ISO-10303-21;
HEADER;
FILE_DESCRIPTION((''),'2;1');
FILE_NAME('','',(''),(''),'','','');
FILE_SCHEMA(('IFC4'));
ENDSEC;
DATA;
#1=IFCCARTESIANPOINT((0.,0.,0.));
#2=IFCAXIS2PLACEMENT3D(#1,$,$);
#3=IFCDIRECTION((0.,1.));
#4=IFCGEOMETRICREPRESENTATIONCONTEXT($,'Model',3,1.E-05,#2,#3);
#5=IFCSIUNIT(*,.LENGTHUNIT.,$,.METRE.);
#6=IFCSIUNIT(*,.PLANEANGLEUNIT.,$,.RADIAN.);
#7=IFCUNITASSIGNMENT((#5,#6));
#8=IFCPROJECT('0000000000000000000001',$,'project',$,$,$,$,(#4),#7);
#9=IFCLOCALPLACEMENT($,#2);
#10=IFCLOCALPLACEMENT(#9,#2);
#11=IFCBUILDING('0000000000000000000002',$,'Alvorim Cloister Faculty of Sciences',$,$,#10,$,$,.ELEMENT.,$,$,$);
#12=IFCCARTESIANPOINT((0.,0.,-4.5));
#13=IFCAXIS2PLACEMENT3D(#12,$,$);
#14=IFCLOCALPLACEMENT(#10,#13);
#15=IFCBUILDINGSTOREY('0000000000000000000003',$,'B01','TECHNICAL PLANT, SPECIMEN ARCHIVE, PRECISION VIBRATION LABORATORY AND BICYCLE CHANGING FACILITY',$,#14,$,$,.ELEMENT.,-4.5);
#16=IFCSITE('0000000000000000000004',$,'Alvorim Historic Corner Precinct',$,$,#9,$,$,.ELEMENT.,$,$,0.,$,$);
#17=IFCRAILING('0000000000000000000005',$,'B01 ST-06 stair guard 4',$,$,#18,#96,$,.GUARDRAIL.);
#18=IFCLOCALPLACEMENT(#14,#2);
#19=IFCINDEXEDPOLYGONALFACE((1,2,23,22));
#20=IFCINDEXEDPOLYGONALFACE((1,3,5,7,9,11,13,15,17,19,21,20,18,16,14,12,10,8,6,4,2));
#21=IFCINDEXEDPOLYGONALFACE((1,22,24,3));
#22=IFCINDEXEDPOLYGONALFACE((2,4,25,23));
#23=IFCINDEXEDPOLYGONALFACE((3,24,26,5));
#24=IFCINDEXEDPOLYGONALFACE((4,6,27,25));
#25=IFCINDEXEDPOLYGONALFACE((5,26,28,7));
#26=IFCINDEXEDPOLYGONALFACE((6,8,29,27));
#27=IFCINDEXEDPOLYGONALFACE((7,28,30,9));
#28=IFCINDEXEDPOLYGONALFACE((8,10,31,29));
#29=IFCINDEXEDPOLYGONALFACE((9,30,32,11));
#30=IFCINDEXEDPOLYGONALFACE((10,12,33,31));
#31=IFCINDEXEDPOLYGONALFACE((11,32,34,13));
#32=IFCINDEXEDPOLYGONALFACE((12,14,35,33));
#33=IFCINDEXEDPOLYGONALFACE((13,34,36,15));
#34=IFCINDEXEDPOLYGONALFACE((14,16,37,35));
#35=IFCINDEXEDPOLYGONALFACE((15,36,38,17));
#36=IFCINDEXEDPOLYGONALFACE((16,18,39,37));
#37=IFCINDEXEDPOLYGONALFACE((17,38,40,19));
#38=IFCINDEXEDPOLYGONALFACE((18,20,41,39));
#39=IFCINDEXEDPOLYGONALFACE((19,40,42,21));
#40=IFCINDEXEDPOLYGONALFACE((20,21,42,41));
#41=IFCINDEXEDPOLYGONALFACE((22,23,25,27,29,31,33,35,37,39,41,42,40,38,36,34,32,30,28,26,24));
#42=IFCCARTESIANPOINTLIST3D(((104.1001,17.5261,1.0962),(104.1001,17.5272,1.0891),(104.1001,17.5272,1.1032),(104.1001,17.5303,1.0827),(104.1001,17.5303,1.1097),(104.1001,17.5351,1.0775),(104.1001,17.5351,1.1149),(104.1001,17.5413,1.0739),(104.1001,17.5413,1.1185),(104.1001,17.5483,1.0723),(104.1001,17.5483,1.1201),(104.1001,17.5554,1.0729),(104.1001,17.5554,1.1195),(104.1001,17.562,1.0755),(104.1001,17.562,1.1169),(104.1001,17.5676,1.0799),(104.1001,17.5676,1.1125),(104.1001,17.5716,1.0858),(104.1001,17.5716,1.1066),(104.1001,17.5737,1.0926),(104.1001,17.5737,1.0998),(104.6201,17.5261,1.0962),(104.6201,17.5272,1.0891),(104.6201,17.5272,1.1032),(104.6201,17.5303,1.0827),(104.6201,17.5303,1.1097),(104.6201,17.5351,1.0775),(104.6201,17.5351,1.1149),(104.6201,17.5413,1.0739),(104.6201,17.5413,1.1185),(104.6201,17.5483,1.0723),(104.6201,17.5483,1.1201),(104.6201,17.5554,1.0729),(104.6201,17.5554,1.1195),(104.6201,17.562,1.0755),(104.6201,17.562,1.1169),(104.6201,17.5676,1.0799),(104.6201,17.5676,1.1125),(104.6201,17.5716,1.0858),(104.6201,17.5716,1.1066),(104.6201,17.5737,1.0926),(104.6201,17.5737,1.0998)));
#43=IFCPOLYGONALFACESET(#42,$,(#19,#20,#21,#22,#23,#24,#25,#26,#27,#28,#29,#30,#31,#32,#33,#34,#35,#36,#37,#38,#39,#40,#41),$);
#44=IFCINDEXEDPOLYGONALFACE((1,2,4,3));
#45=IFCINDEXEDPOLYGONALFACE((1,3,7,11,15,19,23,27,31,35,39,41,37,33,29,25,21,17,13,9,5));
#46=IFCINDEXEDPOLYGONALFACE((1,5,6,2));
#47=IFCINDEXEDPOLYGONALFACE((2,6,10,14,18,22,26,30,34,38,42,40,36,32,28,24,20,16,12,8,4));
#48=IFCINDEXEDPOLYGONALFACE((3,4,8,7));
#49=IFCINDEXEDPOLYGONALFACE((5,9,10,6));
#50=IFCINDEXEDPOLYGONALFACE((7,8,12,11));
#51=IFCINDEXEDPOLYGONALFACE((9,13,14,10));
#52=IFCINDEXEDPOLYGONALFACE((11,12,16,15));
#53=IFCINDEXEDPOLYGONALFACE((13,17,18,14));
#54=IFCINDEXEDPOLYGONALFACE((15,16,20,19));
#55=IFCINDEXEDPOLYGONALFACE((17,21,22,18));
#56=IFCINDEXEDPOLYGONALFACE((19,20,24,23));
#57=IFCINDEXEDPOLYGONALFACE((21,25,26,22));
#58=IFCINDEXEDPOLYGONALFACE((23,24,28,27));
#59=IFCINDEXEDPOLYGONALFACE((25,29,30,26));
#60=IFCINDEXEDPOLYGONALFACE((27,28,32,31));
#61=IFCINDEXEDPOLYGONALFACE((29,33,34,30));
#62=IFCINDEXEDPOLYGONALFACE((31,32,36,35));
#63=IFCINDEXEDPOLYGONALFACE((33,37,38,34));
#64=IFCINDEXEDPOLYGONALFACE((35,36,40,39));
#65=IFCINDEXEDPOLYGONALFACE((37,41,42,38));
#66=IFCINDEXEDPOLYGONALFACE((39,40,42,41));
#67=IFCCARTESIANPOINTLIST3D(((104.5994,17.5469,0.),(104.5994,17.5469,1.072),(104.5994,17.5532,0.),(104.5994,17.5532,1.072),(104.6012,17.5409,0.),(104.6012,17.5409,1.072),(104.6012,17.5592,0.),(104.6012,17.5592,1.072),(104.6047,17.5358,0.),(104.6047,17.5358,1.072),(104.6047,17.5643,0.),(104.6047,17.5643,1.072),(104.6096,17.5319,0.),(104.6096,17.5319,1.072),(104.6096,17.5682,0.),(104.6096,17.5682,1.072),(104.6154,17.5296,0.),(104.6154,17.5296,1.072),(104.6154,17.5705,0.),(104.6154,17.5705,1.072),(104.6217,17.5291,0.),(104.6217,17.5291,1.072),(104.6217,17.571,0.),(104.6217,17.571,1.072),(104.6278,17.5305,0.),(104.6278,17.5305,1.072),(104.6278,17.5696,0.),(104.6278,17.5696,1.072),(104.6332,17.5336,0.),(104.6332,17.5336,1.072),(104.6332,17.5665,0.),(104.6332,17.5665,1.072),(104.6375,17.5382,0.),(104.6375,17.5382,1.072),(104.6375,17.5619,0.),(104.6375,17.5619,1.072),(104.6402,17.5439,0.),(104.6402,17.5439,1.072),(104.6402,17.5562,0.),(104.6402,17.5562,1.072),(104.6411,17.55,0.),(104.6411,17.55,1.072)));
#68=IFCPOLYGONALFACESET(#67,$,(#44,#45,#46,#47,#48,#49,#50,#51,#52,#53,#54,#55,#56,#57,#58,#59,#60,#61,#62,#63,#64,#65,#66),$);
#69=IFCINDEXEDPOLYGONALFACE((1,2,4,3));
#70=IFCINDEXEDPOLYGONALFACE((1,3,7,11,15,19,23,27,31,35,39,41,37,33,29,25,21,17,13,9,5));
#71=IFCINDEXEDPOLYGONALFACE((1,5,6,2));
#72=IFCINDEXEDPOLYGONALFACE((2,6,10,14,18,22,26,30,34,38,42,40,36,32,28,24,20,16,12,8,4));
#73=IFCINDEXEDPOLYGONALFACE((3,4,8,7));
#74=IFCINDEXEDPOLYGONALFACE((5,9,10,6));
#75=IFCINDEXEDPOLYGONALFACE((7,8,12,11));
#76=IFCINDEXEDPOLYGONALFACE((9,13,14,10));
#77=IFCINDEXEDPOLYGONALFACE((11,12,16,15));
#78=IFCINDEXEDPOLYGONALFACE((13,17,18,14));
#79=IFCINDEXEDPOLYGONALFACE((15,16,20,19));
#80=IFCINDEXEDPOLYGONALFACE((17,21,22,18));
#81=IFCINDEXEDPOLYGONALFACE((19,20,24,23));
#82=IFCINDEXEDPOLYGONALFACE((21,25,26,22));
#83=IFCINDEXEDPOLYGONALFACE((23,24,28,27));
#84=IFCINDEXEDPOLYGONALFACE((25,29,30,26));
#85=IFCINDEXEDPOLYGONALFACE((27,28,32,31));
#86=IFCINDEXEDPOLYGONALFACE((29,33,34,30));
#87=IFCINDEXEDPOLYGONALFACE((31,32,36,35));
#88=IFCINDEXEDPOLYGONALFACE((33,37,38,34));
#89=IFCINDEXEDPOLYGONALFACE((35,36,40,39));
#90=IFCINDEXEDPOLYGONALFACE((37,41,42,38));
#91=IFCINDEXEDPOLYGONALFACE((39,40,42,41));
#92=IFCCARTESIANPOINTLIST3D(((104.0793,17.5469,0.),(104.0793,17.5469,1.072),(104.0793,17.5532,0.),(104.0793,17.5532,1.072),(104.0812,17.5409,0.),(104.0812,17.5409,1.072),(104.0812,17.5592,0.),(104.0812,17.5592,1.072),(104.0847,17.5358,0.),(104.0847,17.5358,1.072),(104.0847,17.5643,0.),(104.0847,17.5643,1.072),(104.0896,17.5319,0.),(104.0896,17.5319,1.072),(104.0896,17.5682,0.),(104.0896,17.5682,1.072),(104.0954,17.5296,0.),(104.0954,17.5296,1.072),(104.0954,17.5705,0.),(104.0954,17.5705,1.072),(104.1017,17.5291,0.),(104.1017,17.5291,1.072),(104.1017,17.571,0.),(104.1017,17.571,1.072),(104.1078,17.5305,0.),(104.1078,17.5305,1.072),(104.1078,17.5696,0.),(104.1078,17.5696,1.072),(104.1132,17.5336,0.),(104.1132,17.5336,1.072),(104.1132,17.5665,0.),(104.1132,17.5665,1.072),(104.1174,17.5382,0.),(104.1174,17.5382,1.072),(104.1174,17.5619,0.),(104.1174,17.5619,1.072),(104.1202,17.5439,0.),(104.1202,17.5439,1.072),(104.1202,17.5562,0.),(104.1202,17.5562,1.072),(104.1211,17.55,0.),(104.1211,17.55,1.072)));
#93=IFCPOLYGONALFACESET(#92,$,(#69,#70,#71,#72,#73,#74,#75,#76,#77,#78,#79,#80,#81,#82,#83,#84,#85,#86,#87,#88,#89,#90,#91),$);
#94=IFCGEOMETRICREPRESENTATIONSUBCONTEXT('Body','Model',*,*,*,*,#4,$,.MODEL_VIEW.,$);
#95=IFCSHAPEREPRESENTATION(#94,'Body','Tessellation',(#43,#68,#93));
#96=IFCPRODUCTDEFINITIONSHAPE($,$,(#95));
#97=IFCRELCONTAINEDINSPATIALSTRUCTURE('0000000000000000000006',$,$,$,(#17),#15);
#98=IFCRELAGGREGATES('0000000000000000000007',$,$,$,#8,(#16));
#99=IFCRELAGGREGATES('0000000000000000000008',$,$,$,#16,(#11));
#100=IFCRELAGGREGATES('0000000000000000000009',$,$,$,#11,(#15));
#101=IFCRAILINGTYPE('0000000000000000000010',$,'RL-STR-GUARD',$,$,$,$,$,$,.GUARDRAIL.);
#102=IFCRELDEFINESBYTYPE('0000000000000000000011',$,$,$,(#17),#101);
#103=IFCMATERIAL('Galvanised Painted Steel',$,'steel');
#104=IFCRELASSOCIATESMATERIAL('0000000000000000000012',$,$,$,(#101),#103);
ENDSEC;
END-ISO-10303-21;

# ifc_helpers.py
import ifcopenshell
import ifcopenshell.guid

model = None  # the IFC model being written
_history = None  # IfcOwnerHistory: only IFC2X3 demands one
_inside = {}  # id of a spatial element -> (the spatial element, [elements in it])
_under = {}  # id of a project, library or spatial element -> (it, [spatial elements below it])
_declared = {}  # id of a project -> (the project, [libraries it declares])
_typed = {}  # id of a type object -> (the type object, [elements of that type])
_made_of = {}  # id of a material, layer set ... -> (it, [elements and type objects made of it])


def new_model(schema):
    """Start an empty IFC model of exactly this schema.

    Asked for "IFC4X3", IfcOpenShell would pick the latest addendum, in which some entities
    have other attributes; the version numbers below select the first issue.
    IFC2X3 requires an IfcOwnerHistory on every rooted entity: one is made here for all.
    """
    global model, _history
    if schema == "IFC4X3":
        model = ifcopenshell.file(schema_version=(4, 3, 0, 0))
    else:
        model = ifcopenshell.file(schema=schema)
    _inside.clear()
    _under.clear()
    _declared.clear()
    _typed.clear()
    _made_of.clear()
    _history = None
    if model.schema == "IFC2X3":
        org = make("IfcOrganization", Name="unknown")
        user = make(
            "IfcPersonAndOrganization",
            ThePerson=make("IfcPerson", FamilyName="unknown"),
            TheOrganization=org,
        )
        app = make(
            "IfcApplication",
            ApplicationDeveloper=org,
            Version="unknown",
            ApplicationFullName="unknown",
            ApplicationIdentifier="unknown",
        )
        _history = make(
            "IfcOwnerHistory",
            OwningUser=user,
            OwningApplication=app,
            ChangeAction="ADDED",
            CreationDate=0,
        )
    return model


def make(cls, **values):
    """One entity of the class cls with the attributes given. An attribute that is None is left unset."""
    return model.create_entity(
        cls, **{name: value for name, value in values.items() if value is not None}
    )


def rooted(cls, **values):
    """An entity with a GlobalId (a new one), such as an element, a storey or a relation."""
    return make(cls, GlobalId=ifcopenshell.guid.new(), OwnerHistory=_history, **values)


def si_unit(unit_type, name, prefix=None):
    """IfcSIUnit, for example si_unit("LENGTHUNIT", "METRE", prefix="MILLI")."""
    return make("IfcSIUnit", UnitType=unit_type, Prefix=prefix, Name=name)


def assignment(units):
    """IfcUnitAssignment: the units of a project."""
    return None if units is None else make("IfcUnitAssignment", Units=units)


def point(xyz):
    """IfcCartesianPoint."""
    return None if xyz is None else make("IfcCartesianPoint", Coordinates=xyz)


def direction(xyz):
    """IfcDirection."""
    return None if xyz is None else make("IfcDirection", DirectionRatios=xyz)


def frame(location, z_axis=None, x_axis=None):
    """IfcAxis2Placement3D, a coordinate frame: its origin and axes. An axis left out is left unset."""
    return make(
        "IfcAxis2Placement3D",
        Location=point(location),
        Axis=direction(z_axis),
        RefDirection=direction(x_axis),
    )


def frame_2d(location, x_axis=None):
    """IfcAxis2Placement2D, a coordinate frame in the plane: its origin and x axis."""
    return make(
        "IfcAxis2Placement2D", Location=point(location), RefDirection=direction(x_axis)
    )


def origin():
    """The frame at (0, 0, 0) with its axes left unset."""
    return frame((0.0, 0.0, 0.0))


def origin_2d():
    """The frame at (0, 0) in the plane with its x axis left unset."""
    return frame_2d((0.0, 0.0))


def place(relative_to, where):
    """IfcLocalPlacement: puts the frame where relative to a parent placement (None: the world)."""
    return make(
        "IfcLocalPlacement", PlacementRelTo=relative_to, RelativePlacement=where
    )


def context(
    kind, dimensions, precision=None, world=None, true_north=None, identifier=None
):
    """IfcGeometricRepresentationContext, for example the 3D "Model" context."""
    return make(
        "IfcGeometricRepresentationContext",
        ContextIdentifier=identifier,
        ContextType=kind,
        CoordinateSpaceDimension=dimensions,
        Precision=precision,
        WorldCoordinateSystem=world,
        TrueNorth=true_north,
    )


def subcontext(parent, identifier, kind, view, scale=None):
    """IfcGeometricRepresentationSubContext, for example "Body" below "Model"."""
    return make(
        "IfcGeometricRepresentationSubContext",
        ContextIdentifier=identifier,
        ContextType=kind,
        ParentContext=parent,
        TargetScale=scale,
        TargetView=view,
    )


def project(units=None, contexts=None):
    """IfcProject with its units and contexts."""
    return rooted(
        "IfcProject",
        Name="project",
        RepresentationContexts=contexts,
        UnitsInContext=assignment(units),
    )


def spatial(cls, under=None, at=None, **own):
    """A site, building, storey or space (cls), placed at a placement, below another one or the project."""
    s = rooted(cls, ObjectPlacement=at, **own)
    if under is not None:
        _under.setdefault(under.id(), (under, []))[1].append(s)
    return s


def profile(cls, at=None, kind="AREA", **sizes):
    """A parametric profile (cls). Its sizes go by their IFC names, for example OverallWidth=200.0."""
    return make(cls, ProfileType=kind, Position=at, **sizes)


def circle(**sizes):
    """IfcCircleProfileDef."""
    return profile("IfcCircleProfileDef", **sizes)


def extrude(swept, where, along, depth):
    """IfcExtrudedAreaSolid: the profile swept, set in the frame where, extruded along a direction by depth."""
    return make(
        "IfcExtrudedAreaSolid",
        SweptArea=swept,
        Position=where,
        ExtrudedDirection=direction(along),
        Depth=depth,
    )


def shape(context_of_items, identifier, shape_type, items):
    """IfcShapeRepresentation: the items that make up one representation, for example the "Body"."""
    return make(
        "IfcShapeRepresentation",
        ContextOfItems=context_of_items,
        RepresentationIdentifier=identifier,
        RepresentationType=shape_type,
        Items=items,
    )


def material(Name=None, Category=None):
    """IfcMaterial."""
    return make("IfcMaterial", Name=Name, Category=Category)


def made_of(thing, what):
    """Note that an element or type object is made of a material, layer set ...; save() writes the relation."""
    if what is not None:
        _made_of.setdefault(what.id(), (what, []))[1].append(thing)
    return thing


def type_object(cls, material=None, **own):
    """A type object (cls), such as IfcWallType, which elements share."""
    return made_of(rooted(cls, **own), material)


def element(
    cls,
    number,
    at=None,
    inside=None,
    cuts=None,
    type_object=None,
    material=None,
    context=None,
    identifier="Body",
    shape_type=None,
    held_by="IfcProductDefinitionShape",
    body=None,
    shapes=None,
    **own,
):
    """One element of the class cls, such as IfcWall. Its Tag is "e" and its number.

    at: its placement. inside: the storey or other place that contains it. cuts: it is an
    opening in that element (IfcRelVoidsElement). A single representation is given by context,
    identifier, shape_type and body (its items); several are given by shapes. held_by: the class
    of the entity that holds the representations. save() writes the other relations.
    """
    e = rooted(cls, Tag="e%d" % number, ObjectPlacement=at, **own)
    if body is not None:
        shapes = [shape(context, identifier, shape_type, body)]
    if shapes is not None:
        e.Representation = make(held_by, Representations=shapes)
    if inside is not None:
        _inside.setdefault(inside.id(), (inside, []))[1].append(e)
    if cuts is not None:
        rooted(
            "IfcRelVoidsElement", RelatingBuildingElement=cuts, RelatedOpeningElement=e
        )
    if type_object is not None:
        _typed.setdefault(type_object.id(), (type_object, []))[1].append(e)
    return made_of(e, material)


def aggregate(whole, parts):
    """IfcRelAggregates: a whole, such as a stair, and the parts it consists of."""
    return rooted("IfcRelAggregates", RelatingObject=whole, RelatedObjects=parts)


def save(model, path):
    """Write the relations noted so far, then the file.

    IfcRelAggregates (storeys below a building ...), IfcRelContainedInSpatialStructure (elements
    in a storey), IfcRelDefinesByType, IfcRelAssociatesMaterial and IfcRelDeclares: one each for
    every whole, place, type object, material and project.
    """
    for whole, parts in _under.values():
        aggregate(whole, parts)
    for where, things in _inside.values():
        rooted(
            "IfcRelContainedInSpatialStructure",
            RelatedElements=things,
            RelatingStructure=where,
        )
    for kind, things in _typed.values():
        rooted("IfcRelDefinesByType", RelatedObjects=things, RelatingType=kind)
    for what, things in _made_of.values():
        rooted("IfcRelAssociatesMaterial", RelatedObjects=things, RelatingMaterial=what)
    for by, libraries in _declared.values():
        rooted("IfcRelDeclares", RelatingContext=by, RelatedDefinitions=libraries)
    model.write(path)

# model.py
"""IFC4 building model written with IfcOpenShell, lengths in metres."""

from ifc_helpers import new_model, si_unit, direction, frame, origin, origin_2d, place, context, subcontext, project, spatial, circle, extrude, material, type_object, element, save


model = new_model("IFC4")

# Units and contexts
model_context = context("Model", 3, precision=1e-05, world=origin(), true_north=direction((0.0, 1.0)))
body_context = subcontext(model_context, "Body", "Model", "MODEL_VIEW")
ifc_project = project(units=[si_unit("LENGTHUNIT", "METRE"), si_unit("PLANEANGLEUNIT", "RADIAN")], contexts=[model_context])

# Site, building, storey
site_placement = place(None, origin())
site = spatial("IfcSite", under=ifc_project, at=site_placement, Name="Alvorim Historic Corner Precinct", CompositionType="ELEMENT", RefElevation=0.0)
building_placement = place(site_placement, origin())
building = spatial("IfcBuilding", under=site, at=building_placement, Name="Alvorim Cloister Faculty of Sciences", CompositionType="ELEMENT")
storey_placement = place(building_placement, frame((0.0, 0.0, -4.5)))
storey = spatial("IfcBuildingStorey", under=building, at=storey_placement, Name="B01", Description="TECHNICAL PLANT, SPECIMEN ARCHIVE, PRECISION VIBRATION LABORATORY AND BICYCLE CHANGING FACILITY", CompositionType="ELEMENT", Elevation=-4.5)

# Railing
ifc_material_1 = material(Name="Galvanised Painted Steel", Category="steel")
railing_type_1 = type_object("IfcRailingType", Name="RL-STR-GUARD", PredefinedType="GUARDRAIL", material=ifc_material_1)
railing_1_placement = place(storey_placement, frame((104.6201, 17.55, 0.0)))
element("IfcRailing", 1, at=railing_1_placement, inside=storey, type_object=railing_type_1, Name="B01 ST-06 stair guard 4", PredefinedType="GUARDRAIL", context=body_context, shape_type="SweptSolid", body=[
    extrude(circle(Radius=0.0239, at=origin_2d()), frame((0.0, 0.0, 1.0962), z_axis=(-1.0, 0.0, 0.0), x_axis=(0.0, -1.0, 0.0)), (0.0, 0.0, 1.0), 0.52),
    extrude(circle(Radius=0.021, at=origin_2d()), origin(), (0.0, 0.0, 1.0), 1.072),
    extrude(circle(Radius=0.021, at=origin_2d()), frame((-0.52, 0.0, 0.0)), (0.0, 0.0, 1.0), 1.072),
])

save(model, "model.ifc")
